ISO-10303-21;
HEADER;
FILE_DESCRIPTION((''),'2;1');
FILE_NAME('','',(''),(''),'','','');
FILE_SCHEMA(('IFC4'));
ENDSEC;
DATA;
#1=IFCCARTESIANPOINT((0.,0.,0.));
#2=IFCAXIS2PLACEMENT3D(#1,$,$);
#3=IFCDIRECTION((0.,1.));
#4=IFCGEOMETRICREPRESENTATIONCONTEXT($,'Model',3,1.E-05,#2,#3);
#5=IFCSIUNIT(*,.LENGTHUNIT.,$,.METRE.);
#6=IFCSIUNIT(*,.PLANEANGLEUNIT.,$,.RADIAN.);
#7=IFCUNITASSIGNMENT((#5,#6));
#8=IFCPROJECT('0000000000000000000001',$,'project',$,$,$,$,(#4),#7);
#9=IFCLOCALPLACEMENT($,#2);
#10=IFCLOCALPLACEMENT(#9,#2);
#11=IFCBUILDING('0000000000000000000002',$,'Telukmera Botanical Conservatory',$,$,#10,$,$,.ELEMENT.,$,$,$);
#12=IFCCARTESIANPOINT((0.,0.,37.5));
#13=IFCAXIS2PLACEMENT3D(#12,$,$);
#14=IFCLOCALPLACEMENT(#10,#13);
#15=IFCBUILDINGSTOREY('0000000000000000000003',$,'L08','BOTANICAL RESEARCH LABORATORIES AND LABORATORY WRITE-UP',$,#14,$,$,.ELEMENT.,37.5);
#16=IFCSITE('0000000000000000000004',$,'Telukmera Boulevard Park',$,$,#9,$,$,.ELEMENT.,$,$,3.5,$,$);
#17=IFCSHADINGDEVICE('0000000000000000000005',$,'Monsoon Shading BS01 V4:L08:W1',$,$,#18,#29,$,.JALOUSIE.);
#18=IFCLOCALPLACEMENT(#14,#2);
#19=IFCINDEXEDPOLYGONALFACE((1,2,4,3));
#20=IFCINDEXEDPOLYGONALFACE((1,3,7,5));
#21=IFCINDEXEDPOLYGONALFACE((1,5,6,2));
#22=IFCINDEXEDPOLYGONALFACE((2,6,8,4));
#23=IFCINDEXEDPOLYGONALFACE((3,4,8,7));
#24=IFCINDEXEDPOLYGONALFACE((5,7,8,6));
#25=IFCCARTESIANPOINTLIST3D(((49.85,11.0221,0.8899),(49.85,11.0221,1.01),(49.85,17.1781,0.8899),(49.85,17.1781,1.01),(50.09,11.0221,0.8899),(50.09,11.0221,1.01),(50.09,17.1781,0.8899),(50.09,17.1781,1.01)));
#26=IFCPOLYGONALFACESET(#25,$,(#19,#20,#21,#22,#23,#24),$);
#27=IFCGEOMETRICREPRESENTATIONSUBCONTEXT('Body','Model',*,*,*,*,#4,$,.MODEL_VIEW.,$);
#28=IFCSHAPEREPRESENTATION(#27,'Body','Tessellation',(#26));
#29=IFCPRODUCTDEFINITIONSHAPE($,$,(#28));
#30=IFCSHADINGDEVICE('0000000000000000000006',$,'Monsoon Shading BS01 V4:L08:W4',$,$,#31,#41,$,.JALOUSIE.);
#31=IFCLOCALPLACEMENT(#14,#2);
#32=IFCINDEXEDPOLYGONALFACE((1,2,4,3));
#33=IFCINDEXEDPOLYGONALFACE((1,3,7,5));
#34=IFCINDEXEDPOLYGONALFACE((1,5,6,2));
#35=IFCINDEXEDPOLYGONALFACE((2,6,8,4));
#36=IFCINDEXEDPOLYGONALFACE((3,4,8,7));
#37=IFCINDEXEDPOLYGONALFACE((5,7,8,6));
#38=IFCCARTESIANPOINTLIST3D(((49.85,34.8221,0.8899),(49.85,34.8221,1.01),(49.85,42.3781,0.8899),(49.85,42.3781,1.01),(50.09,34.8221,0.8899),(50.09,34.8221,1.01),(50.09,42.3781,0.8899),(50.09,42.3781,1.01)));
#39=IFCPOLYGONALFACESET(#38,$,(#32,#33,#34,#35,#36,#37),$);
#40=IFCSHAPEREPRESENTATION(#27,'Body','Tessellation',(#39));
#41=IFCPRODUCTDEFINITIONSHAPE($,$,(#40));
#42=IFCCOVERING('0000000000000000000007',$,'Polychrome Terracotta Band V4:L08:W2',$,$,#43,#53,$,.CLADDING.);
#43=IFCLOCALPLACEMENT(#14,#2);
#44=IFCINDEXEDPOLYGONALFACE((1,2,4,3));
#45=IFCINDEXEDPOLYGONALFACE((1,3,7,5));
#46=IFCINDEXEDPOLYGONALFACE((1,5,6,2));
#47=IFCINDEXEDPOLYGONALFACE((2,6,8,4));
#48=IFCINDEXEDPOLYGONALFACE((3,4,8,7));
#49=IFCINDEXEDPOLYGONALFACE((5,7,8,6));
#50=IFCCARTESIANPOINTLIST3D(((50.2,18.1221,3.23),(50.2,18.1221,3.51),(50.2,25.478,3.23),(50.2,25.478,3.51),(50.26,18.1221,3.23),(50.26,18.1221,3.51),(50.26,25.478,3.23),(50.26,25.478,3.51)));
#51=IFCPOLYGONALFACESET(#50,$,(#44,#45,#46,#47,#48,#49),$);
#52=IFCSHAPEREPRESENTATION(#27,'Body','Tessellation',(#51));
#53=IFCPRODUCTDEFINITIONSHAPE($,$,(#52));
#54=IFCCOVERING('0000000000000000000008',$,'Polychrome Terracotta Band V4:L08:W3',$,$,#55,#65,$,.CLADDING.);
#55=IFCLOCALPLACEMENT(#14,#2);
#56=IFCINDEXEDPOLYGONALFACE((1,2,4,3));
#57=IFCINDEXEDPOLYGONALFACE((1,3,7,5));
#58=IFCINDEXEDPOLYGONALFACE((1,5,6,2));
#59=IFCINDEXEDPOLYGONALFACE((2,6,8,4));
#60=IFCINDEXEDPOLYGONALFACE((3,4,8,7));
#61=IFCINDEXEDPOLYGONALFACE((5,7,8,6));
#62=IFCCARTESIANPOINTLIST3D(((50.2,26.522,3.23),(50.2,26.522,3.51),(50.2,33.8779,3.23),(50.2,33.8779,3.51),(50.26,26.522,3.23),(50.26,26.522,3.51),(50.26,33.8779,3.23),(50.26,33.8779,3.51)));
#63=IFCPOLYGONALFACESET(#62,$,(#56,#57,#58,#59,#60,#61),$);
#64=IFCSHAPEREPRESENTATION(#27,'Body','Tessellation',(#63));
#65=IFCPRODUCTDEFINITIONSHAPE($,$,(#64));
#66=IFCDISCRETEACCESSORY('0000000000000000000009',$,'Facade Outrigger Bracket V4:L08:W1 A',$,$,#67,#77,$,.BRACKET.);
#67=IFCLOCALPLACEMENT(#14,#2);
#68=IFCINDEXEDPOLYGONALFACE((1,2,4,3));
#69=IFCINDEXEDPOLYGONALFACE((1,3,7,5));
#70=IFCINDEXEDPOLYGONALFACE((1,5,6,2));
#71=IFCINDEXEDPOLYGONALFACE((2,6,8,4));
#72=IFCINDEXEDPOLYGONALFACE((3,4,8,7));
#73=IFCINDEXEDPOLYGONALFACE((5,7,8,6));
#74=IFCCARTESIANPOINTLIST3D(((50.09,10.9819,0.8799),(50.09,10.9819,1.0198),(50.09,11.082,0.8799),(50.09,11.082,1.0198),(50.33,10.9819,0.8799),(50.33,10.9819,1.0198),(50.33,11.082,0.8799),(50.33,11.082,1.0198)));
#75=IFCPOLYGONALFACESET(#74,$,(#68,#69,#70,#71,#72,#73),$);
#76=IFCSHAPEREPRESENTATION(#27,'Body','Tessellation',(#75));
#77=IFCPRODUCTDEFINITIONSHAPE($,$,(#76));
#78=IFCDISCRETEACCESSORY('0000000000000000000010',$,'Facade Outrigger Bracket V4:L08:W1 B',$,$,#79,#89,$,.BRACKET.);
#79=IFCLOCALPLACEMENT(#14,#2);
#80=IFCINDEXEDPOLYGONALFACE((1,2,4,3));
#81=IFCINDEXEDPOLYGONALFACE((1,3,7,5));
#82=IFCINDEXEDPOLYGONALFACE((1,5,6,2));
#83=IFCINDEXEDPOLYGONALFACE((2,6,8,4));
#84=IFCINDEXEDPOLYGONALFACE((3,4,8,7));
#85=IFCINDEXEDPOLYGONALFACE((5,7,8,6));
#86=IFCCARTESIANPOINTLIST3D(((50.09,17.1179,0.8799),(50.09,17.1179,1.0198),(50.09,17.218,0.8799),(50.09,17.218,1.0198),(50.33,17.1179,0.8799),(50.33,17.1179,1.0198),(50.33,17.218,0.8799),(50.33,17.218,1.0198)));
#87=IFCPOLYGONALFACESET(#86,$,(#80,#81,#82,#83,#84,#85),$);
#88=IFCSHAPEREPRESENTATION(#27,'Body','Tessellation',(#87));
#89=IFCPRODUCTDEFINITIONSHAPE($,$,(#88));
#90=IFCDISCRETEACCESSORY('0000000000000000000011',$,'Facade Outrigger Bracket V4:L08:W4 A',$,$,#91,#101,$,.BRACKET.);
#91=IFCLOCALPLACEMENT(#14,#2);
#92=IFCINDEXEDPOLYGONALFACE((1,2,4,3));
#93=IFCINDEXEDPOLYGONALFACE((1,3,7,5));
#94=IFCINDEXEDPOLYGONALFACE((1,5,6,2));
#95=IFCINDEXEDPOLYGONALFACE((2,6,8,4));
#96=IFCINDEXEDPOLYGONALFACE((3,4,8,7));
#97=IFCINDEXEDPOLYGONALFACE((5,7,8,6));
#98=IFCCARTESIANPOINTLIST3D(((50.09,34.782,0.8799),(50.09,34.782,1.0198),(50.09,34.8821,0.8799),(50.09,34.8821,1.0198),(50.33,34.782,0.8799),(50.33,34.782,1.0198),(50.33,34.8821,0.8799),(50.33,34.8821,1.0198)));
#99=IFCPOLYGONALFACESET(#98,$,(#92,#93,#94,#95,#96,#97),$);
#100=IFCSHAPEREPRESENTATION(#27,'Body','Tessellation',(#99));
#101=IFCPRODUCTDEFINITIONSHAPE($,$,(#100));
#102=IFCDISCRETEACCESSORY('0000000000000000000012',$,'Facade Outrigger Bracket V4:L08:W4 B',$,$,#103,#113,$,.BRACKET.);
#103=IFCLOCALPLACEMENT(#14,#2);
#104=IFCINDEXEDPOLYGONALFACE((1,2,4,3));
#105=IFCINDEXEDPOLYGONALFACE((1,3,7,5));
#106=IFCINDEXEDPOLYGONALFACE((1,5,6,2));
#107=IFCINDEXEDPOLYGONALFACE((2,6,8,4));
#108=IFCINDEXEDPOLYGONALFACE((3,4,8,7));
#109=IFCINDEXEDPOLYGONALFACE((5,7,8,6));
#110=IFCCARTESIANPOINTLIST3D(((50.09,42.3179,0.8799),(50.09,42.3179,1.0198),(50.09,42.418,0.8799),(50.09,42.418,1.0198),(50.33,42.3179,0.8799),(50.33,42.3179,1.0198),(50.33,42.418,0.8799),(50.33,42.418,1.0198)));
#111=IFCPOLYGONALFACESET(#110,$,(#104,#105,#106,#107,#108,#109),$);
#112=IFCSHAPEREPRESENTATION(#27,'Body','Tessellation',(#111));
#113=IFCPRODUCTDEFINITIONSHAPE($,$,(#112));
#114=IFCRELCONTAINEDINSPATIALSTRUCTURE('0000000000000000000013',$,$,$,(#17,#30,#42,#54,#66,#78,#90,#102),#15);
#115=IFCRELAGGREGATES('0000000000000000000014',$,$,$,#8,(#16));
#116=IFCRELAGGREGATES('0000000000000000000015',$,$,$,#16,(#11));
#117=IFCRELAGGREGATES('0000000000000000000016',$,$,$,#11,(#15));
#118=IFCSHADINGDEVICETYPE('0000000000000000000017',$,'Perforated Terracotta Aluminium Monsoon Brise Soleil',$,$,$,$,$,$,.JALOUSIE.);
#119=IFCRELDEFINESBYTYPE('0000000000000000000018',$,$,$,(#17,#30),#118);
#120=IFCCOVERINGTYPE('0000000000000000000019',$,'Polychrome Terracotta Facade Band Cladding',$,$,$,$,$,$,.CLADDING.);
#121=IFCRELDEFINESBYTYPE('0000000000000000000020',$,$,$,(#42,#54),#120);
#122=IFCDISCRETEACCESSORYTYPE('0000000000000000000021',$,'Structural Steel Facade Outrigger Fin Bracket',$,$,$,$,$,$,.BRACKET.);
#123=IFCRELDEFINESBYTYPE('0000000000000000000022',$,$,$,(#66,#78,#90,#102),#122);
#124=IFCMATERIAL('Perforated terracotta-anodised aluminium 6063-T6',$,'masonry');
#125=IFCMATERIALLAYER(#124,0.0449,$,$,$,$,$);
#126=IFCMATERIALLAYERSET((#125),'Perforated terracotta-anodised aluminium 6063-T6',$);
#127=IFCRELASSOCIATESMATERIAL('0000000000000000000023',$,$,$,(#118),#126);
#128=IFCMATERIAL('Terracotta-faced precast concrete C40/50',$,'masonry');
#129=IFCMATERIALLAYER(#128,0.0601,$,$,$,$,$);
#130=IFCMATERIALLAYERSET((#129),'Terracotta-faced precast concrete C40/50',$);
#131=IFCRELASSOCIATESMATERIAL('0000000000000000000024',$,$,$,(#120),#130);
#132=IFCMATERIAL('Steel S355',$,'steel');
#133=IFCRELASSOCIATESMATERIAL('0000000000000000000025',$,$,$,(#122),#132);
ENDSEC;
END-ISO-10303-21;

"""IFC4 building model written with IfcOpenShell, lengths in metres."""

from ifc_helpers import new_model, si_unit, direction, frame, origin, origin_2d, place, context, subcontext, project, spatial, rectangle, extrude, material, layer, layer_set, type_object, element, save


model = new_model("IFC4")

# Units and contexts
model_context = context("Model", 3, precision=1e-05, world=origin(), true_north=direction((0.0, 1.0)))
body_context = subcontext(model_context, "Body", "Model", "MODEL_VIEW")
ifc_project = project(units=[si_unit("LENGTHUNIT", "METRE"), si_unit("PLANEANGLEUNIT", "RADIAN")], contexts=[model_context])

# Site, building, storey
site_placement = place(None, origin())
site = spatial("IfcSite", under=ifc_project, at=site_placement, Name="Telukmera Boulevard Park", CompositionType="ELEMENT", RefElevation=3.5)
building_placement = place(site_placement, origin())
building = spatial("IfcBuilding", under=site, at=building_placement, Name="Telukmera Botanical Conservatory", CompositionType="ELEMENT")
storey_placement = place(building_placement, frame((0.0, 0.0, 37.5)))
storey = spatial("IfcBuildingStorey", under=building, at=storey_placement, Name="L08", Description="BOTANICAL RESEARCH LABORATORIES AND LABORATORY WRITE-UP", CompositionType="ELEMENT", Elevation=37.5)

# Shading devices
ifc_material_1 = material(Name="Perforated terracotta-anodised aluminium 6063-T6", Category="masonry")
ifc_layer_1 = layer(ifc_material_1, 0.0449)
ifc_layer_set_1 = layer_set([ifc_layer_1], Name="Perforated terracotta-anodised aluminium 6063-T6")
shading_device_type = type_object("IfcShadingDeviceType", Name="Perforated Terracotta Aluminium Monsoon Brise Soleil", PredefinedType="JALOUSIE", material=ifc_layer_set_1)
shading_device_1_placement = place(storey_placement, frame((49.97, 14.1001, 0.8899), z_axis=(0.0, 0.0, 1.0), x_axis=(0.0, 1.0, 0.0)))
element("IfcShadingDevice", 1, at=shading_device_1_placement, inside=storey, type_object=shading_device_type, Name="Monsoon Shading BS01 V4:L08:W1", PredefinedType="JALOUSIE", context=body_context, shape_type="SweptSolid", body=[
    extrude(rectangle(XDim=6.156, YDim=0.24, at=origin_2d()), origin(), (0.0, 0.0, 1.0), 0.1201),
])
shading_device_2_placement = place(storey_placement, frame((49.97, 38.6001, 0.8899), z_axis=(0.0, 0.0, 1.0), x_axis=(0.0, 1.0, 0.0)))
element("IfcShadingDevice", 2, at=shading_device_2_placement, inside=storey, type_object=shading_device_type, Name="Monsoon Shading BS01 V4:L08:W4", PredefinedType="JALOUSIE", context=body_context, shape_type="SweptSolid", body=[
    extrude(rectangle(XDim=7.5559, YDim=0.24, at=origin_2d()), origin(), (0.0, 0.0, 1.0), 0.1201),
])

# Coverings
ifc_material_2 = material(Name="Terracotta-faced precast concrete C40/50", Category="masonry")
ifc_layer_2 = layer(ifc_material_2, 0.0601)
ifc_layer_set_2 = layer_set([ifc_layer_2], Name="Terracotta-faced precast concrete C40/50")
covering_type_1 = type_object("IfcCoveringType", Name="Polychrome Terracotta Facade Band Cladding", PredefinedType="CLADDING", material=ifc_layer_set_2)
for number, where, z_axis, x_axis, name in (
    (3, (50.23, 21.8, 3.23), (0.0, 0.0, 1.0), (0.0, 1.0, 0.0), "Polychrome Terracotta Band V4:L08:W2"),
    (4, (50.23, 30.2, 3.23), (0.0, 0.0, 1.0), (0.0, 1.0, 0.0), "Polychrome Terracotta Band V4:L08:W3"),
):
    element("IfcCovering", number, at=place(storey_placement, frame(where, z_axis=z_axis, x_axis=x_axis)), inside=storey, type_object=covering_type_1, Name=name, PredefinedType="CLADDING", context=body_context, shape_type="SweptSolid", body=[
        extrude(rectangle(XDim=7.356, YDim=0.0601, at=origin_2d()), origin(), (0.0, 0.0, 1.0), 0.28),
    ])

# Discrete accessories
ifc_material_3 = material(Name="Steel S355", Category="steel")
discrete_accessory_type = type_object("IfcDiscreteAccessoryType", Name="Structural Steel Facade Outrigger Fin Bracket", PredefinedType="BRACKET", material=ifc_material_3)
for number, where, z_axis, x_axis, name in (
    (5, (50.21, 11.032, 0.8799), (0.0, 0.0, 1.0), (0.0, 1.0, 0.0), "Facade Outrigger Bracket V4:L08:W1 A"),
    (6, (50.21, 17.168, 0.8799), (0.0, 0.0, 1.0), (0.0, 1.0, 0.0), "Facade Outrigger Bracket V4:L08:W1 B"),
    (7, (50.21, 34.832, 0.8799), (0.0, 0.0, 1.0), (0.0, 1.0, 0.0), "Facade Outrigger Bracket V4:L08:W4 A"),
    (8, (50.21, 42.3679, 0.8799), (0.0, 0.0, 1.0), (0.0, 1.0, 0.0), "Facade Outrigger Bracket V4:L08:W4 B"),
):
    element("IfcDiscreteAccessory", number, at=place(storey_placement, frame(where, z_axis=z_axis, x_axis=x_axis)), inside=storey, type_object=discrete_accessory_type, Name=name, PredefinedType="BRACKET", context=body_context, shape_type="SweptSolid", body=[
        extrude(rectangle(XDim=0.1001, YDim=0.24, at=origin_2d()), origin(), (0.0, 0.0, 1.0), 0.1399),
    ])

save(model, "model.ifc")
